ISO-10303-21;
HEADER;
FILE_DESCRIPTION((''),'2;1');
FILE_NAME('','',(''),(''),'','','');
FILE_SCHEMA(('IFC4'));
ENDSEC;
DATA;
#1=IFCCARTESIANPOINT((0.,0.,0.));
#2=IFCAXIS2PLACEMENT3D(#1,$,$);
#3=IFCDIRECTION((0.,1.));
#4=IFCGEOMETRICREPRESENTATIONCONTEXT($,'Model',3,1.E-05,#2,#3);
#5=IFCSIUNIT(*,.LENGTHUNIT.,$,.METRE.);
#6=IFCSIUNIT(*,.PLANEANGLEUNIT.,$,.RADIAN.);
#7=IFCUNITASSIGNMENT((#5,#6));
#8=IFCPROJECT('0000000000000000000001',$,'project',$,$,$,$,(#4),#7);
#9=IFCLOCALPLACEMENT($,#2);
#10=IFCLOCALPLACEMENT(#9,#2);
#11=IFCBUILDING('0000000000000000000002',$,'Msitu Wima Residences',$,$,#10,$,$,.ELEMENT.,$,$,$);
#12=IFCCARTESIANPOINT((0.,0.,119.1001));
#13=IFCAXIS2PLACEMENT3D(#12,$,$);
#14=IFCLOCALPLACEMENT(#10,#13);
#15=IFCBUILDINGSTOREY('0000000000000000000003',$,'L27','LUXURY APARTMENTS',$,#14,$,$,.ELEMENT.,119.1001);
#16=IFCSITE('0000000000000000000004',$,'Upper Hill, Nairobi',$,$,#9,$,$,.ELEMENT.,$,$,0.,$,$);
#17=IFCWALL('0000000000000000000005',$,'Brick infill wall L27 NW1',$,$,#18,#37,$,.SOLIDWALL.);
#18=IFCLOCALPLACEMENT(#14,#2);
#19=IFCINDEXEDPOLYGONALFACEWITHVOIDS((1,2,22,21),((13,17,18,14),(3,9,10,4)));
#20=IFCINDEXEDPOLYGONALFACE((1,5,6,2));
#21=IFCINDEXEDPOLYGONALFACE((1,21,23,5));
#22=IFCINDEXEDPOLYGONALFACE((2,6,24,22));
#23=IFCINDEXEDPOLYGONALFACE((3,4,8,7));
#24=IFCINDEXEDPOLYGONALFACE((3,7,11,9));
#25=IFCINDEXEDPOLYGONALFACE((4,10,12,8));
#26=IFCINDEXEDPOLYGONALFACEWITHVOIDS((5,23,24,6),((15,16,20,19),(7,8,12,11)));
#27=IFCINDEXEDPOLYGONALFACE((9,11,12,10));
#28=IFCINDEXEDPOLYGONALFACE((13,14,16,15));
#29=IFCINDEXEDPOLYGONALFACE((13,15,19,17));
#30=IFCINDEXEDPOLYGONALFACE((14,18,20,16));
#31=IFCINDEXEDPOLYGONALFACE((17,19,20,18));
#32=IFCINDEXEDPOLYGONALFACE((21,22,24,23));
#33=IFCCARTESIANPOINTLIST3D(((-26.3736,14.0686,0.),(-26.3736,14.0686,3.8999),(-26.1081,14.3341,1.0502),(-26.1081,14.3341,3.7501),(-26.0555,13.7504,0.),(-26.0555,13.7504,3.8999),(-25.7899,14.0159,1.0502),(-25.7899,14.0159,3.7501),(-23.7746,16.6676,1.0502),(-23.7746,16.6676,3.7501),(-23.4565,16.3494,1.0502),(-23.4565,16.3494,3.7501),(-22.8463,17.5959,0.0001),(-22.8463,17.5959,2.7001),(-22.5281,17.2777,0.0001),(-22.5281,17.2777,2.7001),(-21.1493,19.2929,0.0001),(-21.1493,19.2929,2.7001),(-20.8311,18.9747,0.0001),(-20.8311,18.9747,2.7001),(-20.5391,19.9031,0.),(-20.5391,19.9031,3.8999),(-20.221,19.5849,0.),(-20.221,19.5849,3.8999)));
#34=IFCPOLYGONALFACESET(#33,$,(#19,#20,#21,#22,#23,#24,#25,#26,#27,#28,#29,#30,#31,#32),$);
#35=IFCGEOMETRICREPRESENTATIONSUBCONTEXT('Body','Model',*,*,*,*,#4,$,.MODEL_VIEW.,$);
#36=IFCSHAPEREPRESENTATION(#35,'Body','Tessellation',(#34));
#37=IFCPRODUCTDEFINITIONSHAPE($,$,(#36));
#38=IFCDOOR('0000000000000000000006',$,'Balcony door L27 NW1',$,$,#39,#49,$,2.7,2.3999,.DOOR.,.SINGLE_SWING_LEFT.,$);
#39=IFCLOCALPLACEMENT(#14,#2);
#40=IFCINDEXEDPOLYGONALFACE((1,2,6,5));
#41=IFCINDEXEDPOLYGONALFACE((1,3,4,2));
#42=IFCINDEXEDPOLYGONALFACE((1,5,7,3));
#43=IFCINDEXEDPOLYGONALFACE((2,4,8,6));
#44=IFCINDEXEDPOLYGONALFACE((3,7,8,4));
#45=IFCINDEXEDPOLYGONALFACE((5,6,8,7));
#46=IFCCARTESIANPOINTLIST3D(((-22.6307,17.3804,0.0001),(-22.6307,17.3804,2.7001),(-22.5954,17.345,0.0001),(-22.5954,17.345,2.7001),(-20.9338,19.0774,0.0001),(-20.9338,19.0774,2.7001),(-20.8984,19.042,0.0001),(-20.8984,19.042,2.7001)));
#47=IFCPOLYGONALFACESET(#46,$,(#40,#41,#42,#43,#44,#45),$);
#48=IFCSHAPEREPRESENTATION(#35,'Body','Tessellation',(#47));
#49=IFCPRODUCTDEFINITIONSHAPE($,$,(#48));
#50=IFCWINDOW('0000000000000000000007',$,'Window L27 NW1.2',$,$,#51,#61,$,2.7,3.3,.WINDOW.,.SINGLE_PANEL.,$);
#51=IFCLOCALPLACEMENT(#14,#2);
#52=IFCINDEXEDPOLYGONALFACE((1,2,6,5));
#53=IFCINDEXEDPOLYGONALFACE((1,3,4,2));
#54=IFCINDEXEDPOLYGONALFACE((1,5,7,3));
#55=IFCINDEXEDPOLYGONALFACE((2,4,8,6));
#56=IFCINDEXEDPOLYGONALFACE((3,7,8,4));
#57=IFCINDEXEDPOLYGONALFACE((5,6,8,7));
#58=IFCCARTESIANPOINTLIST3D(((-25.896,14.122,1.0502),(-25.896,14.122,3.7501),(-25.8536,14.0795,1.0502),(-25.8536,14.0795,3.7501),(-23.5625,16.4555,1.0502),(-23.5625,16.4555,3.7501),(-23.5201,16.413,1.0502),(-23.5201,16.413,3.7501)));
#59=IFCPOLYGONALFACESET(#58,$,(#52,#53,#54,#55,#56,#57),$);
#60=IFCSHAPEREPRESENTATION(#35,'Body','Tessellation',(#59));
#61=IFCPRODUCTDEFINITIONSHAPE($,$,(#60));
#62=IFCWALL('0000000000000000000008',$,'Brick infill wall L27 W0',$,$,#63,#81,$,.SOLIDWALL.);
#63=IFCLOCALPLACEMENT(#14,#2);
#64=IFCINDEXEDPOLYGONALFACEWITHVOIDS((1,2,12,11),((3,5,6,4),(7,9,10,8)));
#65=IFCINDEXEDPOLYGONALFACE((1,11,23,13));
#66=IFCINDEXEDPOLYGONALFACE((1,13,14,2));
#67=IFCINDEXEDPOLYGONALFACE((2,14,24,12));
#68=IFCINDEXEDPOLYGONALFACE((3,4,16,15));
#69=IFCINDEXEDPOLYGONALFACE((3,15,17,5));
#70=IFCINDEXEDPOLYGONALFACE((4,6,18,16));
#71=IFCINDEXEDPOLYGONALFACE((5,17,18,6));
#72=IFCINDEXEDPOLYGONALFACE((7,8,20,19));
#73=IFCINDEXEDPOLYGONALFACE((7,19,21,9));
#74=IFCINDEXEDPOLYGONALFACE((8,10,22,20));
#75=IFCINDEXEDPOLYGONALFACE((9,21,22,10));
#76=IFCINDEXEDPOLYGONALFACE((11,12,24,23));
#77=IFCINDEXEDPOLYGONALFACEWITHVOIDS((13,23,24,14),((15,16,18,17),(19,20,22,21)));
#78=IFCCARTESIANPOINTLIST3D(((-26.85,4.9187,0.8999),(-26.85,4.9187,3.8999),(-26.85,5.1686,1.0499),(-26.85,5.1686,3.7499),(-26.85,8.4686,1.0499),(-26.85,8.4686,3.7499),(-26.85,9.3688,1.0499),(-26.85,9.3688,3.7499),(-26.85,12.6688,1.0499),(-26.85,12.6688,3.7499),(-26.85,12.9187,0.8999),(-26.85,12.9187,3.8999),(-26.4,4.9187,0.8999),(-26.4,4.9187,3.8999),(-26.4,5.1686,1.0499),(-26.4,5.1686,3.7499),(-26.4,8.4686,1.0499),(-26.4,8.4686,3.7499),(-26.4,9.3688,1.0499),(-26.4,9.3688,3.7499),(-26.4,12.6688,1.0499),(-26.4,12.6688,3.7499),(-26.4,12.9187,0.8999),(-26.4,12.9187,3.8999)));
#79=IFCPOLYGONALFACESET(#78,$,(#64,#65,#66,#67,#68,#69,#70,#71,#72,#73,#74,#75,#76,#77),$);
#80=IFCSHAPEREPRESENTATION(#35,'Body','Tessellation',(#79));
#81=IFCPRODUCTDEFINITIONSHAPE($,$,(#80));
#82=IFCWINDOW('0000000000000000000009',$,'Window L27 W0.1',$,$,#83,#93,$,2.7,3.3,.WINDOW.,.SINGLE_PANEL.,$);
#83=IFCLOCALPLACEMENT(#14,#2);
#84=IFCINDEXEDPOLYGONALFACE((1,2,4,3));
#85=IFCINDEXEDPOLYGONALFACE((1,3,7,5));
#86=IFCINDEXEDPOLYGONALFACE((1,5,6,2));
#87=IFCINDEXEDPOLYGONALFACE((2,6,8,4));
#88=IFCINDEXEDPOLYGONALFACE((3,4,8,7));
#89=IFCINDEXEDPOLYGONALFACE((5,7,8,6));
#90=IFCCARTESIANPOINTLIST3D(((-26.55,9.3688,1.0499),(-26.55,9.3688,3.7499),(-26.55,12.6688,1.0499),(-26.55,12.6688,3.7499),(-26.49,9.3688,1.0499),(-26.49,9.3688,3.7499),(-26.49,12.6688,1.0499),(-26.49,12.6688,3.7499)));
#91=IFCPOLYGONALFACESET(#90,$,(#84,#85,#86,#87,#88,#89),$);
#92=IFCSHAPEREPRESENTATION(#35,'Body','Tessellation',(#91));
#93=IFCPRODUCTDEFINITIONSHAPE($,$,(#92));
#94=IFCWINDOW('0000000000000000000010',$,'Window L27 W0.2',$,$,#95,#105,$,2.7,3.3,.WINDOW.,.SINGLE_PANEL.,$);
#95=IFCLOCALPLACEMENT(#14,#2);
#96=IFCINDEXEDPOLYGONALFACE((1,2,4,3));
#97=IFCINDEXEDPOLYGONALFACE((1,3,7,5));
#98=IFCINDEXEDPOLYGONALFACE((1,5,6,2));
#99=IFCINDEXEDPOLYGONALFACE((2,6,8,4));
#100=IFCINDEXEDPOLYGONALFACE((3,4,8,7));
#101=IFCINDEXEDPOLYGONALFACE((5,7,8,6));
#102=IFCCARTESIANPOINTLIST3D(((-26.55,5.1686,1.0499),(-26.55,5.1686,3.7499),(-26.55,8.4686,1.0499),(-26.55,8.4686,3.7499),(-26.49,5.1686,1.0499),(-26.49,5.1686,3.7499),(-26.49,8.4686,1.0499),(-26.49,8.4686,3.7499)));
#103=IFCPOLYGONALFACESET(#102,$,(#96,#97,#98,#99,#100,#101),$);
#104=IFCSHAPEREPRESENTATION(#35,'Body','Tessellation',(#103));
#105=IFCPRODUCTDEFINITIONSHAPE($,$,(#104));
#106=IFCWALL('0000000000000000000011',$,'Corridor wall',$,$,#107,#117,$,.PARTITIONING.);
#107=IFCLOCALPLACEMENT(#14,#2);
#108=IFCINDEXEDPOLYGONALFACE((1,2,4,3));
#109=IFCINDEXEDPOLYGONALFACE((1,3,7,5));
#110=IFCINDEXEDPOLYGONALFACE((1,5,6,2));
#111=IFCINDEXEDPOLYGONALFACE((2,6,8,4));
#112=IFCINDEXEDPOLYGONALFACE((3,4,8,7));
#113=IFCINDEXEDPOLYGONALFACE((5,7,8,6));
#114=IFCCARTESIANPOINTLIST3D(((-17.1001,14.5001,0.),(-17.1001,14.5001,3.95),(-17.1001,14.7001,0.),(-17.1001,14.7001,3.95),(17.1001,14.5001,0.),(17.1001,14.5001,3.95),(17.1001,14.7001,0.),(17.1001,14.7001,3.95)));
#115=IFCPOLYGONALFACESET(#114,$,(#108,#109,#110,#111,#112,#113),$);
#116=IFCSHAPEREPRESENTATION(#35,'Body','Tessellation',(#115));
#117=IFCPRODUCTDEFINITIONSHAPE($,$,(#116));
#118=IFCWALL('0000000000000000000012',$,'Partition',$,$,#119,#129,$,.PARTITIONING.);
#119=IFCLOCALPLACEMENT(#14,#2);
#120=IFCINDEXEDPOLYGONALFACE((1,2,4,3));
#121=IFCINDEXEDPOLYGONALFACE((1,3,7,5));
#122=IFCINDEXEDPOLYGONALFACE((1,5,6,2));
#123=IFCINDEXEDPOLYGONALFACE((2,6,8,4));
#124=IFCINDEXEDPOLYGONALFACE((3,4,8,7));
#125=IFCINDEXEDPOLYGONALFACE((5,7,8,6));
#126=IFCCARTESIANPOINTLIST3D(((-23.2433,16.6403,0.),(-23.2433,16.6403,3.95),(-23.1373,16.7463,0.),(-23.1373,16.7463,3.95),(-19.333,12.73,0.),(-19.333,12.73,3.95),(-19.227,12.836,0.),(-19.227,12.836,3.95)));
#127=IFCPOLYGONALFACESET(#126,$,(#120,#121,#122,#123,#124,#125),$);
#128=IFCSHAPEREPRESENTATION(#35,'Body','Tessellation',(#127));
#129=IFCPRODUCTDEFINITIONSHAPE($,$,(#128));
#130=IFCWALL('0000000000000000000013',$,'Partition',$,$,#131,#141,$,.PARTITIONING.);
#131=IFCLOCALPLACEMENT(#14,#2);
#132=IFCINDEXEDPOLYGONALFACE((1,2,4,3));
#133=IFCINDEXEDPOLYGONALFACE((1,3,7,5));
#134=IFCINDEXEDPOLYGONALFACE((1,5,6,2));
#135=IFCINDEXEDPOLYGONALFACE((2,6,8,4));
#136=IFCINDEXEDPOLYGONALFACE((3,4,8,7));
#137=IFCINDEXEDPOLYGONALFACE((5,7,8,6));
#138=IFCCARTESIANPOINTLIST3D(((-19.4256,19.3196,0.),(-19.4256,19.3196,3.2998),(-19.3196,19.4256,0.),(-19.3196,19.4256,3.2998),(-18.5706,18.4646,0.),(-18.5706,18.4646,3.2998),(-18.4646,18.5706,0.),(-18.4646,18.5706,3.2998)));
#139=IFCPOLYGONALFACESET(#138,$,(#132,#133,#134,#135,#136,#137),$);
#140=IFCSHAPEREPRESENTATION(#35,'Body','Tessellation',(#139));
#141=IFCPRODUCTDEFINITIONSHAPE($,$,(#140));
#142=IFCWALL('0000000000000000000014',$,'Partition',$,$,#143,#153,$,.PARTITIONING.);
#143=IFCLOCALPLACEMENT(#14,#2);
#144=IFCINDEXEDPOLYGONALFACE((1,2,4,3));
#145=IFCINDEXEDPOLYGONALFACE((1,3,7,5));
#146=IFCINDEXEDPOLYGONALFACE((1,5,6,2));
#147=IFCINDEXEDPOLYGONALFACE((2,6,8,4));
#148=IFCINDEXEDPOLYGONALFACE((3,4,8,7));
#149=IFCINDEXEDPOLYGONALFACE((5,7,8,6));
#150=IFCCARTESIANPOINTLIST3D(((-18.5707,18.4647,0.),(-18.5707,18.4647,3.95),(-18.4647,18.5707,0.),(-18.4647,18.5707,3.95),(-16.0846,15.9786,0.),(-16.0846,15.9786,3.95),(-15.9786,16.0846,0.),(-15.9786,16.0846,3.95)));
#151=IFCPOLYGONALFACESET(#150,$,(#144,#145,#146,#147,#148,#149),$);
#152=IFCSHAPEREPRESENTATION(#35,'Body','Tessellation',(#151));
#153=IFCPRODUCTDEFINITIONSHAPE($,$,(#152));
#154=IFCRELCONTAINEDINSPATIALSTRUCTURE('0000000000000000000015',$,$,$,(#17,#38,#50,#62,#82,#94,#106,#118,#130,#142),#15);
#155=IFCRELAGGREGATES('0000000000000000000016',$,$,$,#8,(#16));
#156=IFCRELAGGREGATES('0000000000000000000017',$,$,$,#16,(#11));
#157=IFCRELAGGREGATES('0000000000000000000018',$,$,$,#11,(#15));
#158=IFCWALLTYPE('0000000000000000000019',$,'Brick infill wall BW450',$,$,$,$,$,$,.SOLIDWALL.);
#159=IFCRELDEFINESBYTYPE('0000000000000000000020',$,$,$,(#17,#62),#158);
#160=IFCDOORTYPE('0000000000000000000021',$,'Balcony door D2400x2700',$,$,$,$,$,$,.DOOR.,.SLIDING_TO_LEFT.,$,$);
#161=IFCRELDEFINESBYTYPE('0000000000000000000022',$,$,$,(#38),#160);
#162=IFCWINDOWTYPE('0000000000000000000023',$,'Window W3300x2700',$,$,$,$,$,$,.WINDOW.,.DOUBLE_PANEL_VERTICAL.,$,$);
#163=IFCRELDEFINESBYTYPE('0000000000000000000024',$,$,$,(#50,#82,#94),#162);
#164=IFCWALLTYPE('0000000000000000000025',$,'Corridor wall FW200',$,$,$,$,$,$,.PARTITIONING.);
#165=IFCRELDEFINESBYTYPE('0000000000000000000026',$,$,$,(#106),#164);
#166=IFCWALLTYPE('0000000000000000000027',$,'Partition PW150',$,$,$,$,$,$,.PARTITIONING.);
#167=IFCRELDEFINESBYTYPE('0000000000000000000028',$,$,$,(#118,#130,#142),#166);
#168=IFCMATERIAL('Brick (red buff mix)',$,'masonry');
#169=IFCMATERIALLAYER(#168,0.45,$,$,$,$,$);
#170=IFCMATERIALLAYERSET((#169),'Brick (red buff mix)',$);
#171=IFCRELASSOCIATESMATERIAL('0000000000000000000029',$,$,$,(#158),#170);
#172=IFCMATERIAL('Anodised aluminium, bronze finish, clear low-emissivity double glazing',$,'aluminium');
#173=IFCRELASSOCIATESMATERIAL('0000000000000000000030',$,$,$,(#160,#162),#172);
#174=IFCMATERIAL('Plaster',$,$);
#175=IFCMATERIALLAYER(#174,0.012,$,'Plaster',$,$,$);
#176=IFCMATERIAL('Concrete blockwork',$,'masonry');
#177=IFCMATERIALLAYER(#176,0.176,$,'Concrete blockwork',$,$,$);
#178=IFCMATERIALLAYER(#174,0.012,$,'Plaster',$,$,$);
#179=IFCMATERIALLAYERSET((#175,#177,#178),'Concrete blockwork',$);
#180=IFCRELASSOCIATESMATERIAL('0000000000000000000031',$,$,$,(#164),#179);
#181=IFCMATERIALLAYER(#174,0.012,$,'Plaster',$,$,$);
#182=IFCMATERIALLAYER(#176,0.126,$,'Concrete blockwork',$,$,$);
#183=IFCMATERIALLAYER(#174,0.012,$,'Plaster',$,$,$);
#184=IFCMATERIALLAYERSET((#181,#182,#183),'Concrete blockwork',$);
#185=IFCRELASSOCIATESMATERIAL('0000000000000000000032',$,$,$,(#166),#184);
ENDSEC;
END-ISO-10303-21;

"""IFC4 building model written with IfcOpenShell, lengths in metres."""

from ifc_helpers import new_model, si_unit, direction, frame, frame_2d, origin, place, context, subcontext, project, spatial, rectangle, extrude, material, layer, layer_set, type_object, element, fill, save


model = new_model("IFC4")

# Units and contexts
model_context = context("Model", 3, precision=1e-05, world=origin(), true_north=direction((0.0, 1.0)))
body_context = subcontext(model_context, "Body", "Model", "MODEL_VIEW")
ifc_project = project(units=[si_unit("LENGTHUNIT", "METRE"), si_unit("PLANEANGLEUNIT", "RADIAN")], contexts=[model_context])

# Site, building, storey
site_placement = place(None, origin())
site = spatial("IfcSite", under=ifc_project, at=site_placement, Name="Upper Hill, Nairobi", CompositionType="ELEMENT", RefElevation=0.0)
building_placement = place(site_placement, origin())
building = spatial("IfcBuilding", under=site, at=building_placement, Name="Msitu Wima Residences", CompositionType="ELEMENT")
storey_placement = place(building_placement, frame((0.0, 0.0, 119.1001)))
storey = spatial("IfcBuildingStorey", under=building, at=storey_placement, Name="L27", Description="LUXURY APARTMENTS", CompositionType="ELEMENT", Elevation=119.1001)

# Wall, openings, door, window
ifc_material_1 = material(Name="Brick (red buff mix)", Category="masonry")
ifc_layer_1 = layer(ifc_material_1, 0.45)
ifc_layer_set_1 = layer_set([ifc_layer_1], Name="Brick (red buff mix)")
wall_type_1 = type_object("IfcWallType", Name="Brick infill wall BW450", PredefinedType="SOLIDWALL", material=ifc_layer_set_1)
wall_1_placement = place(storey_placement, frame((-20.3801, 19.7439, 0.0), z_axis=(0.0, 0.0, 1.0), x_axis=(-0.707107, -0.707107, 0.0)))
wall_1 = element("IfcWall", 1, at=wall_1_placement, inside=storey, type_object=wall_type_1, Name="Brick infill wall L27 NW1", PredefinedType="SOLIDWALL", context=body_context, shape_type="SweptSolid", body=[
    extrude(rectangle(XDim=8.2512, YDim=0.45, at=frame_2d((4.1255, 0.0))), origin(), (0.0, 0.0, 1.0), 3.8999),
])
opening_1_placement = place(wall_1_placement, frame((0.8628, 0.0, 0.0)))
opening_1 = element("IfcOpeningElement", 2, at=opening_1_placement, cuts=wall_1, PredefinedType="OPENING", context=body_context, shape_type="SweptSolid", body=[
    extrude(rectangle(XDim=2.3999, YDim=2.7, at=frame_2d((1.2, 1.3501))), frame((0.0, 0.2349, 0.0), z_axis=(0.0, -1.0, 0.0), x_axis=(1.0, 0.0, 0.0)), (0.0, 0.0, 1.0), 0.47),
])
opening_2_placement = place(wall_1_placement, frame((4.5757, 0.0, 1.05)))
opening_2 = element("IfcOpeningElement", 3, at=opening_2_placement, cuts=wall_1, PredefinedType="OPENING", context=body_context, shape_type="SweptSolid", body=[
    extrude(rectangle(XDim=3.3, YDim=2.7, at=frame_2d((1.6499, 1.3501))), frame((0.0, 0.2349, 0.0), z_axis=(0.0, -1.0, 0.0), x_axis=(1.0, 0.0, 0.0)), (0.0, 0.0, 1.0), 0.47),
])
ifc_material_2 = material(Name="Anodised aluminium, bronze finish, clear low-emissivity double glazing", Category="aluminium")
door_type_1 = type_object("IfcDoorType", Name="Balcony door D2400x2700", OperationType="SLIDING_TO_LEFT", PredefinedType="DOOR", material=ifc_material_2)
door_1_placement = place(opening_1_placement, origin())
door_1 = element("IfcDoor", 4, at=door_1_placement, inside=storey, type_object=door_type_1, Name="Balcony door L27 NW1", OperationType="SINGLE_SWING_LEFT", OverallHeight=2.7, OverallWidth=2.3999, PredefinedType="DOOR", context=body_context, shape_type="SweptSolid", body=[
    extrude(rectangle(XDim=2.3999, YDim=2.7, at=frame_2d((1.2, 1.3501))), frame((0.0, 0.1299, 0.0), z_axis=(0.0, -1.0, 0.0), x_axis=(1.0, 0.0, 0.0)), (0.0, 0.0, 1.0), 0.05),
])
fill(opening_1, door_1)
window_type = type_object("IfcWindowType", Name="Window W3300x2700", PartitioningType="DOUBLE_PANEL_VERTICAL", PredefinedType="WINDOW", material=ifc_material_2)
window_1_placement = place(opening_2_placement, origin())
window_1 = element("IfcWindow", 5, at=window_1_placement, inside=storey, type_object=window_type, Name="Window L27 NW1.2", OverallHeight=2.7, OverallWidth=3.3, PartitioningType="SINGLE_PANEL", PredefinedType="WINDOW", context=body_context, shape_type="SweptSolid", body=[
    extrude(rectangle(XDim=3.3, YDim=2.7, at=frame_2d((1.6499, 1.3501))), frame((0.0, 0.135, 0.0), z_axis=(0.0, -1.0, 0.0), x_axis=(1.0, 0.0, 0.0)), (0.0, 0.0, 1.0), 0.0601),
])
fill(opening_2, window_1)

# Wall, openings, windows
wall_2_placement = place(storey_placement, frame((-26.625, 12.9187, 0.8999), z_axis=(0.0, 0.0, 1.0), x_axis=(0.0, -1.0, 0.0)))
wall_2 = element("IfcWall", 6, at=wall_2_placement, inside=storey, type_object=wall_type_1, Name="Brick infill wall L27 W0", PredefinedType="SOLIDWALL", context=body_context, shape_type="SweptSolid", body=[
    extrude(rectangle(XDim=8.0, YDim=0.45, at=frame_2d((4.0, 0.0))), origin(), (0.0, 0.0, 1.0), 3.0),
])
opening_3_placement = place(wall_2_placement, frame((0.25, 0.0, 0.1499)))
opening_3 = element("IfcOpeningElement", 7, at=opening_3_placement, cuts=wall_2, PredefinedType="OPENING", context=body_context, shape_type="SweptSolid", body=[
    extrude(rectangle(XDim=3.3, YDim=2.7, at=frame_2d((1.6499, 1.3501))), frame((0.0, 0.2349, 0.0), z_axis=(0.0, -1.0, 0.0), x_axis=(1.0, 0.0, 0.0)), (0.0, 0.0, 1.0), 0.47),
])
opening_4_placement = place(wall_2_placement, frame((4.4502, 0.0, 0.1499)))
opening_4 = element("IfcOpeningElement", 8, at=opening_4_placement, cuts=wall_2, PredefinedType="OPENING", context=body_context, shape_type="SweptSolid", body=[
    extrude(rectangle(XDim=3.3, YDim=2.7, at=frame_2d((1.6499, 1.3501))), frame((0.0, 0.2349, 0.0), z_axis=(0.0, -1.0, 0.0), x_axis=(1.0, 0.0, 0.0)), (0.0, 0.0, 1.0), 0.47),
])
window_2_placement = place(opening_3_placement, origin())
window_2 = element("IfcWindow", 9, at=window_2_placement, inside=storey, type_object=window_type, Name="Window L27 W0.1", OverallHeight=2.7, OverallWidth=3.3, PartitioningType="SINGLE_PANEL", PredefinedType="WINDOW", context=body_context, shape_type="SweptSolid", body=[
    extrude(rectangle(XDim=3.3, YDim=2.7, at=frame_2d((1.6499, 1.3501))), frame((0.0, 0.135, 0.0), z_axis=(0.0, -1.0, 0.0), x_axis=(1.0, 0.0, 0.0)), (0.0, 0.0, 1.0), 0.0601),
])
fill(opening_3, window_2)
window_3_placement = place(opening_4_placement, origin())
window_3 = element("IfcWindow", 10, at=window_3_placement, inside=storey, type_object=window_type, Name="Window L27 W0.2", OverallHeight=2.7, OverallWidth=3.3, PartitioningType="SINGLE_PANEL", PredefinedType="WINDOW", context=body_context, shape_type="SweptSolid", body=[
    extrude(rectangle(XDim=3.3, YDim=2.7, at=frame_2d((1.6499, 1.3501))), frame((0.0, 0.135, 0.0), z_axis=(0.0, -1.0, 0.0), x_axis=(1.0, 0.0, 0.0)), (0.0, 0.0, 1.0), 0.0601),
])
fill(opening_4, window_3)

# Walls
ifc_material_3 = material(Name="Plaster")
ifc_layer_2 = layer(ifc_material_3, 0.012, Name="Plaster")
ifc_material_4 = material(Name="Concrete blockwork", Category="masonry")
ifc_layer_3 = layer(ifc_material_4, 0.176, Name="Concrete blockwork")
ifc_layer_4 = layer(ifc_material_3, 0.012, Name="Plaster")
ifc_layer_set_2 = layer_set([ifc_layer_2, ifc_layer_3, ifc_layer_4], Name="Concrete blockwork")
wall_type_2 = type_object("IfcWallType", Name="Corridor wall FW200", PredefinedType="PARTITIONING", material=ifc_layer_set_2)
wall_3_placement = place(storey_placement, frame((-17.1001, 14.6001, 0.0), z_axis=(0.0, 0.0, 1.0), x_axis=(1.0, 0.0, 0.0)))
element("IfcWall", 11, at=wall_3_placement, inside=storey, type_object=wall_type_2, Name="Corridor wall", PredefinedType="PARTITIONING", context=body_context, shape_type="SweptSolid", body=[
    extrude(rectangle(XDim=34.2002, YDim=0.2, at=frame_2d((17.1001, 0.0))), origin(), (0.0, 0.0, 1.0), 3.95),
])
ifc_layer_5 = layer(ifc_material_3, 0.012, Name="Plaster")
ifc_layer_6 = layer(ifc_material_4, 0.126, Name="Concrete blockwork")
ifc_layer_7 = layer(ifc_material_3, 0.012, Name="Plaster")
ifc_layer_set_3 = layer_set([ifc_layer_5, ifc_layer_6, ifc_layer_7], Name="Concrete blockwork")
wall_type_3 = type_object("IfcWallType", Name="Partition PW150", PredefinedType="PARTITIONING", material=ifc_layer_set_3)
wall_4_placement = place(storey_placement, frame((-23.1904, 16.6934, 0.0), z_axis=(0.0, 0.0, 1.0), x_axis=(0.707107, -0.707107, 0.0)))
element("IfcWall", 12, at=wall_4_placement, inside=storey, type_object=wall_type_3, Name="Partition", PredefinedType="PARTITIONING", context=body_context, shape_type="SweptSolid", body=[
    extrude(rectangle(XDim=5.53, YDim=0.1499, at=frame_2d((2.7651, 0.0))), origin(), (0.0, 0.0, 1.0), 3.95),
])
wall_5_placement = place(storey_placement, frame((-19.3726, 19.3726, 0.0), z_axis=(0.0, 0.0, 1.0), x_axis=(0.707107, -0.707107, 0.0)))
element("IfcWall", 13, at=wall_5_placement, inside=storey, type_object=wall_type_3, Name="Partition", PredefinedType="PARTITIONING", context=body_context, shape_type="SweptSolid", body=[
    extrude(rectangle(XDim=1.2092, YDim=0.1499, at=frame_2d((0.6045, 0.0))), origin(), (0.0, 0.0, 1.0), 3.2998),
])
wall_6_placement = place(storey_placement, frame((-18.5176, 18.5176, 0.0), z_axis=(0.0, 0.0, 1.0), x_axis=(0.707107, -0.707107, 0.0)))
element("IfcWall", 14, at=wall_6_placement, inside=storey, type_object=wall_type_3, Name="Partition", PredefinedType="PARTITIONING", context=body_context, shape_type="SweptSolid", body=[
    extrude(rectangle(XDim=3.5159, YDim=0.1499, at=frame_2d((1.7578, 0.0))), origin(), (0.0, 0.0, 1.0), 3.95),
])

save(model, "model.ifc")
